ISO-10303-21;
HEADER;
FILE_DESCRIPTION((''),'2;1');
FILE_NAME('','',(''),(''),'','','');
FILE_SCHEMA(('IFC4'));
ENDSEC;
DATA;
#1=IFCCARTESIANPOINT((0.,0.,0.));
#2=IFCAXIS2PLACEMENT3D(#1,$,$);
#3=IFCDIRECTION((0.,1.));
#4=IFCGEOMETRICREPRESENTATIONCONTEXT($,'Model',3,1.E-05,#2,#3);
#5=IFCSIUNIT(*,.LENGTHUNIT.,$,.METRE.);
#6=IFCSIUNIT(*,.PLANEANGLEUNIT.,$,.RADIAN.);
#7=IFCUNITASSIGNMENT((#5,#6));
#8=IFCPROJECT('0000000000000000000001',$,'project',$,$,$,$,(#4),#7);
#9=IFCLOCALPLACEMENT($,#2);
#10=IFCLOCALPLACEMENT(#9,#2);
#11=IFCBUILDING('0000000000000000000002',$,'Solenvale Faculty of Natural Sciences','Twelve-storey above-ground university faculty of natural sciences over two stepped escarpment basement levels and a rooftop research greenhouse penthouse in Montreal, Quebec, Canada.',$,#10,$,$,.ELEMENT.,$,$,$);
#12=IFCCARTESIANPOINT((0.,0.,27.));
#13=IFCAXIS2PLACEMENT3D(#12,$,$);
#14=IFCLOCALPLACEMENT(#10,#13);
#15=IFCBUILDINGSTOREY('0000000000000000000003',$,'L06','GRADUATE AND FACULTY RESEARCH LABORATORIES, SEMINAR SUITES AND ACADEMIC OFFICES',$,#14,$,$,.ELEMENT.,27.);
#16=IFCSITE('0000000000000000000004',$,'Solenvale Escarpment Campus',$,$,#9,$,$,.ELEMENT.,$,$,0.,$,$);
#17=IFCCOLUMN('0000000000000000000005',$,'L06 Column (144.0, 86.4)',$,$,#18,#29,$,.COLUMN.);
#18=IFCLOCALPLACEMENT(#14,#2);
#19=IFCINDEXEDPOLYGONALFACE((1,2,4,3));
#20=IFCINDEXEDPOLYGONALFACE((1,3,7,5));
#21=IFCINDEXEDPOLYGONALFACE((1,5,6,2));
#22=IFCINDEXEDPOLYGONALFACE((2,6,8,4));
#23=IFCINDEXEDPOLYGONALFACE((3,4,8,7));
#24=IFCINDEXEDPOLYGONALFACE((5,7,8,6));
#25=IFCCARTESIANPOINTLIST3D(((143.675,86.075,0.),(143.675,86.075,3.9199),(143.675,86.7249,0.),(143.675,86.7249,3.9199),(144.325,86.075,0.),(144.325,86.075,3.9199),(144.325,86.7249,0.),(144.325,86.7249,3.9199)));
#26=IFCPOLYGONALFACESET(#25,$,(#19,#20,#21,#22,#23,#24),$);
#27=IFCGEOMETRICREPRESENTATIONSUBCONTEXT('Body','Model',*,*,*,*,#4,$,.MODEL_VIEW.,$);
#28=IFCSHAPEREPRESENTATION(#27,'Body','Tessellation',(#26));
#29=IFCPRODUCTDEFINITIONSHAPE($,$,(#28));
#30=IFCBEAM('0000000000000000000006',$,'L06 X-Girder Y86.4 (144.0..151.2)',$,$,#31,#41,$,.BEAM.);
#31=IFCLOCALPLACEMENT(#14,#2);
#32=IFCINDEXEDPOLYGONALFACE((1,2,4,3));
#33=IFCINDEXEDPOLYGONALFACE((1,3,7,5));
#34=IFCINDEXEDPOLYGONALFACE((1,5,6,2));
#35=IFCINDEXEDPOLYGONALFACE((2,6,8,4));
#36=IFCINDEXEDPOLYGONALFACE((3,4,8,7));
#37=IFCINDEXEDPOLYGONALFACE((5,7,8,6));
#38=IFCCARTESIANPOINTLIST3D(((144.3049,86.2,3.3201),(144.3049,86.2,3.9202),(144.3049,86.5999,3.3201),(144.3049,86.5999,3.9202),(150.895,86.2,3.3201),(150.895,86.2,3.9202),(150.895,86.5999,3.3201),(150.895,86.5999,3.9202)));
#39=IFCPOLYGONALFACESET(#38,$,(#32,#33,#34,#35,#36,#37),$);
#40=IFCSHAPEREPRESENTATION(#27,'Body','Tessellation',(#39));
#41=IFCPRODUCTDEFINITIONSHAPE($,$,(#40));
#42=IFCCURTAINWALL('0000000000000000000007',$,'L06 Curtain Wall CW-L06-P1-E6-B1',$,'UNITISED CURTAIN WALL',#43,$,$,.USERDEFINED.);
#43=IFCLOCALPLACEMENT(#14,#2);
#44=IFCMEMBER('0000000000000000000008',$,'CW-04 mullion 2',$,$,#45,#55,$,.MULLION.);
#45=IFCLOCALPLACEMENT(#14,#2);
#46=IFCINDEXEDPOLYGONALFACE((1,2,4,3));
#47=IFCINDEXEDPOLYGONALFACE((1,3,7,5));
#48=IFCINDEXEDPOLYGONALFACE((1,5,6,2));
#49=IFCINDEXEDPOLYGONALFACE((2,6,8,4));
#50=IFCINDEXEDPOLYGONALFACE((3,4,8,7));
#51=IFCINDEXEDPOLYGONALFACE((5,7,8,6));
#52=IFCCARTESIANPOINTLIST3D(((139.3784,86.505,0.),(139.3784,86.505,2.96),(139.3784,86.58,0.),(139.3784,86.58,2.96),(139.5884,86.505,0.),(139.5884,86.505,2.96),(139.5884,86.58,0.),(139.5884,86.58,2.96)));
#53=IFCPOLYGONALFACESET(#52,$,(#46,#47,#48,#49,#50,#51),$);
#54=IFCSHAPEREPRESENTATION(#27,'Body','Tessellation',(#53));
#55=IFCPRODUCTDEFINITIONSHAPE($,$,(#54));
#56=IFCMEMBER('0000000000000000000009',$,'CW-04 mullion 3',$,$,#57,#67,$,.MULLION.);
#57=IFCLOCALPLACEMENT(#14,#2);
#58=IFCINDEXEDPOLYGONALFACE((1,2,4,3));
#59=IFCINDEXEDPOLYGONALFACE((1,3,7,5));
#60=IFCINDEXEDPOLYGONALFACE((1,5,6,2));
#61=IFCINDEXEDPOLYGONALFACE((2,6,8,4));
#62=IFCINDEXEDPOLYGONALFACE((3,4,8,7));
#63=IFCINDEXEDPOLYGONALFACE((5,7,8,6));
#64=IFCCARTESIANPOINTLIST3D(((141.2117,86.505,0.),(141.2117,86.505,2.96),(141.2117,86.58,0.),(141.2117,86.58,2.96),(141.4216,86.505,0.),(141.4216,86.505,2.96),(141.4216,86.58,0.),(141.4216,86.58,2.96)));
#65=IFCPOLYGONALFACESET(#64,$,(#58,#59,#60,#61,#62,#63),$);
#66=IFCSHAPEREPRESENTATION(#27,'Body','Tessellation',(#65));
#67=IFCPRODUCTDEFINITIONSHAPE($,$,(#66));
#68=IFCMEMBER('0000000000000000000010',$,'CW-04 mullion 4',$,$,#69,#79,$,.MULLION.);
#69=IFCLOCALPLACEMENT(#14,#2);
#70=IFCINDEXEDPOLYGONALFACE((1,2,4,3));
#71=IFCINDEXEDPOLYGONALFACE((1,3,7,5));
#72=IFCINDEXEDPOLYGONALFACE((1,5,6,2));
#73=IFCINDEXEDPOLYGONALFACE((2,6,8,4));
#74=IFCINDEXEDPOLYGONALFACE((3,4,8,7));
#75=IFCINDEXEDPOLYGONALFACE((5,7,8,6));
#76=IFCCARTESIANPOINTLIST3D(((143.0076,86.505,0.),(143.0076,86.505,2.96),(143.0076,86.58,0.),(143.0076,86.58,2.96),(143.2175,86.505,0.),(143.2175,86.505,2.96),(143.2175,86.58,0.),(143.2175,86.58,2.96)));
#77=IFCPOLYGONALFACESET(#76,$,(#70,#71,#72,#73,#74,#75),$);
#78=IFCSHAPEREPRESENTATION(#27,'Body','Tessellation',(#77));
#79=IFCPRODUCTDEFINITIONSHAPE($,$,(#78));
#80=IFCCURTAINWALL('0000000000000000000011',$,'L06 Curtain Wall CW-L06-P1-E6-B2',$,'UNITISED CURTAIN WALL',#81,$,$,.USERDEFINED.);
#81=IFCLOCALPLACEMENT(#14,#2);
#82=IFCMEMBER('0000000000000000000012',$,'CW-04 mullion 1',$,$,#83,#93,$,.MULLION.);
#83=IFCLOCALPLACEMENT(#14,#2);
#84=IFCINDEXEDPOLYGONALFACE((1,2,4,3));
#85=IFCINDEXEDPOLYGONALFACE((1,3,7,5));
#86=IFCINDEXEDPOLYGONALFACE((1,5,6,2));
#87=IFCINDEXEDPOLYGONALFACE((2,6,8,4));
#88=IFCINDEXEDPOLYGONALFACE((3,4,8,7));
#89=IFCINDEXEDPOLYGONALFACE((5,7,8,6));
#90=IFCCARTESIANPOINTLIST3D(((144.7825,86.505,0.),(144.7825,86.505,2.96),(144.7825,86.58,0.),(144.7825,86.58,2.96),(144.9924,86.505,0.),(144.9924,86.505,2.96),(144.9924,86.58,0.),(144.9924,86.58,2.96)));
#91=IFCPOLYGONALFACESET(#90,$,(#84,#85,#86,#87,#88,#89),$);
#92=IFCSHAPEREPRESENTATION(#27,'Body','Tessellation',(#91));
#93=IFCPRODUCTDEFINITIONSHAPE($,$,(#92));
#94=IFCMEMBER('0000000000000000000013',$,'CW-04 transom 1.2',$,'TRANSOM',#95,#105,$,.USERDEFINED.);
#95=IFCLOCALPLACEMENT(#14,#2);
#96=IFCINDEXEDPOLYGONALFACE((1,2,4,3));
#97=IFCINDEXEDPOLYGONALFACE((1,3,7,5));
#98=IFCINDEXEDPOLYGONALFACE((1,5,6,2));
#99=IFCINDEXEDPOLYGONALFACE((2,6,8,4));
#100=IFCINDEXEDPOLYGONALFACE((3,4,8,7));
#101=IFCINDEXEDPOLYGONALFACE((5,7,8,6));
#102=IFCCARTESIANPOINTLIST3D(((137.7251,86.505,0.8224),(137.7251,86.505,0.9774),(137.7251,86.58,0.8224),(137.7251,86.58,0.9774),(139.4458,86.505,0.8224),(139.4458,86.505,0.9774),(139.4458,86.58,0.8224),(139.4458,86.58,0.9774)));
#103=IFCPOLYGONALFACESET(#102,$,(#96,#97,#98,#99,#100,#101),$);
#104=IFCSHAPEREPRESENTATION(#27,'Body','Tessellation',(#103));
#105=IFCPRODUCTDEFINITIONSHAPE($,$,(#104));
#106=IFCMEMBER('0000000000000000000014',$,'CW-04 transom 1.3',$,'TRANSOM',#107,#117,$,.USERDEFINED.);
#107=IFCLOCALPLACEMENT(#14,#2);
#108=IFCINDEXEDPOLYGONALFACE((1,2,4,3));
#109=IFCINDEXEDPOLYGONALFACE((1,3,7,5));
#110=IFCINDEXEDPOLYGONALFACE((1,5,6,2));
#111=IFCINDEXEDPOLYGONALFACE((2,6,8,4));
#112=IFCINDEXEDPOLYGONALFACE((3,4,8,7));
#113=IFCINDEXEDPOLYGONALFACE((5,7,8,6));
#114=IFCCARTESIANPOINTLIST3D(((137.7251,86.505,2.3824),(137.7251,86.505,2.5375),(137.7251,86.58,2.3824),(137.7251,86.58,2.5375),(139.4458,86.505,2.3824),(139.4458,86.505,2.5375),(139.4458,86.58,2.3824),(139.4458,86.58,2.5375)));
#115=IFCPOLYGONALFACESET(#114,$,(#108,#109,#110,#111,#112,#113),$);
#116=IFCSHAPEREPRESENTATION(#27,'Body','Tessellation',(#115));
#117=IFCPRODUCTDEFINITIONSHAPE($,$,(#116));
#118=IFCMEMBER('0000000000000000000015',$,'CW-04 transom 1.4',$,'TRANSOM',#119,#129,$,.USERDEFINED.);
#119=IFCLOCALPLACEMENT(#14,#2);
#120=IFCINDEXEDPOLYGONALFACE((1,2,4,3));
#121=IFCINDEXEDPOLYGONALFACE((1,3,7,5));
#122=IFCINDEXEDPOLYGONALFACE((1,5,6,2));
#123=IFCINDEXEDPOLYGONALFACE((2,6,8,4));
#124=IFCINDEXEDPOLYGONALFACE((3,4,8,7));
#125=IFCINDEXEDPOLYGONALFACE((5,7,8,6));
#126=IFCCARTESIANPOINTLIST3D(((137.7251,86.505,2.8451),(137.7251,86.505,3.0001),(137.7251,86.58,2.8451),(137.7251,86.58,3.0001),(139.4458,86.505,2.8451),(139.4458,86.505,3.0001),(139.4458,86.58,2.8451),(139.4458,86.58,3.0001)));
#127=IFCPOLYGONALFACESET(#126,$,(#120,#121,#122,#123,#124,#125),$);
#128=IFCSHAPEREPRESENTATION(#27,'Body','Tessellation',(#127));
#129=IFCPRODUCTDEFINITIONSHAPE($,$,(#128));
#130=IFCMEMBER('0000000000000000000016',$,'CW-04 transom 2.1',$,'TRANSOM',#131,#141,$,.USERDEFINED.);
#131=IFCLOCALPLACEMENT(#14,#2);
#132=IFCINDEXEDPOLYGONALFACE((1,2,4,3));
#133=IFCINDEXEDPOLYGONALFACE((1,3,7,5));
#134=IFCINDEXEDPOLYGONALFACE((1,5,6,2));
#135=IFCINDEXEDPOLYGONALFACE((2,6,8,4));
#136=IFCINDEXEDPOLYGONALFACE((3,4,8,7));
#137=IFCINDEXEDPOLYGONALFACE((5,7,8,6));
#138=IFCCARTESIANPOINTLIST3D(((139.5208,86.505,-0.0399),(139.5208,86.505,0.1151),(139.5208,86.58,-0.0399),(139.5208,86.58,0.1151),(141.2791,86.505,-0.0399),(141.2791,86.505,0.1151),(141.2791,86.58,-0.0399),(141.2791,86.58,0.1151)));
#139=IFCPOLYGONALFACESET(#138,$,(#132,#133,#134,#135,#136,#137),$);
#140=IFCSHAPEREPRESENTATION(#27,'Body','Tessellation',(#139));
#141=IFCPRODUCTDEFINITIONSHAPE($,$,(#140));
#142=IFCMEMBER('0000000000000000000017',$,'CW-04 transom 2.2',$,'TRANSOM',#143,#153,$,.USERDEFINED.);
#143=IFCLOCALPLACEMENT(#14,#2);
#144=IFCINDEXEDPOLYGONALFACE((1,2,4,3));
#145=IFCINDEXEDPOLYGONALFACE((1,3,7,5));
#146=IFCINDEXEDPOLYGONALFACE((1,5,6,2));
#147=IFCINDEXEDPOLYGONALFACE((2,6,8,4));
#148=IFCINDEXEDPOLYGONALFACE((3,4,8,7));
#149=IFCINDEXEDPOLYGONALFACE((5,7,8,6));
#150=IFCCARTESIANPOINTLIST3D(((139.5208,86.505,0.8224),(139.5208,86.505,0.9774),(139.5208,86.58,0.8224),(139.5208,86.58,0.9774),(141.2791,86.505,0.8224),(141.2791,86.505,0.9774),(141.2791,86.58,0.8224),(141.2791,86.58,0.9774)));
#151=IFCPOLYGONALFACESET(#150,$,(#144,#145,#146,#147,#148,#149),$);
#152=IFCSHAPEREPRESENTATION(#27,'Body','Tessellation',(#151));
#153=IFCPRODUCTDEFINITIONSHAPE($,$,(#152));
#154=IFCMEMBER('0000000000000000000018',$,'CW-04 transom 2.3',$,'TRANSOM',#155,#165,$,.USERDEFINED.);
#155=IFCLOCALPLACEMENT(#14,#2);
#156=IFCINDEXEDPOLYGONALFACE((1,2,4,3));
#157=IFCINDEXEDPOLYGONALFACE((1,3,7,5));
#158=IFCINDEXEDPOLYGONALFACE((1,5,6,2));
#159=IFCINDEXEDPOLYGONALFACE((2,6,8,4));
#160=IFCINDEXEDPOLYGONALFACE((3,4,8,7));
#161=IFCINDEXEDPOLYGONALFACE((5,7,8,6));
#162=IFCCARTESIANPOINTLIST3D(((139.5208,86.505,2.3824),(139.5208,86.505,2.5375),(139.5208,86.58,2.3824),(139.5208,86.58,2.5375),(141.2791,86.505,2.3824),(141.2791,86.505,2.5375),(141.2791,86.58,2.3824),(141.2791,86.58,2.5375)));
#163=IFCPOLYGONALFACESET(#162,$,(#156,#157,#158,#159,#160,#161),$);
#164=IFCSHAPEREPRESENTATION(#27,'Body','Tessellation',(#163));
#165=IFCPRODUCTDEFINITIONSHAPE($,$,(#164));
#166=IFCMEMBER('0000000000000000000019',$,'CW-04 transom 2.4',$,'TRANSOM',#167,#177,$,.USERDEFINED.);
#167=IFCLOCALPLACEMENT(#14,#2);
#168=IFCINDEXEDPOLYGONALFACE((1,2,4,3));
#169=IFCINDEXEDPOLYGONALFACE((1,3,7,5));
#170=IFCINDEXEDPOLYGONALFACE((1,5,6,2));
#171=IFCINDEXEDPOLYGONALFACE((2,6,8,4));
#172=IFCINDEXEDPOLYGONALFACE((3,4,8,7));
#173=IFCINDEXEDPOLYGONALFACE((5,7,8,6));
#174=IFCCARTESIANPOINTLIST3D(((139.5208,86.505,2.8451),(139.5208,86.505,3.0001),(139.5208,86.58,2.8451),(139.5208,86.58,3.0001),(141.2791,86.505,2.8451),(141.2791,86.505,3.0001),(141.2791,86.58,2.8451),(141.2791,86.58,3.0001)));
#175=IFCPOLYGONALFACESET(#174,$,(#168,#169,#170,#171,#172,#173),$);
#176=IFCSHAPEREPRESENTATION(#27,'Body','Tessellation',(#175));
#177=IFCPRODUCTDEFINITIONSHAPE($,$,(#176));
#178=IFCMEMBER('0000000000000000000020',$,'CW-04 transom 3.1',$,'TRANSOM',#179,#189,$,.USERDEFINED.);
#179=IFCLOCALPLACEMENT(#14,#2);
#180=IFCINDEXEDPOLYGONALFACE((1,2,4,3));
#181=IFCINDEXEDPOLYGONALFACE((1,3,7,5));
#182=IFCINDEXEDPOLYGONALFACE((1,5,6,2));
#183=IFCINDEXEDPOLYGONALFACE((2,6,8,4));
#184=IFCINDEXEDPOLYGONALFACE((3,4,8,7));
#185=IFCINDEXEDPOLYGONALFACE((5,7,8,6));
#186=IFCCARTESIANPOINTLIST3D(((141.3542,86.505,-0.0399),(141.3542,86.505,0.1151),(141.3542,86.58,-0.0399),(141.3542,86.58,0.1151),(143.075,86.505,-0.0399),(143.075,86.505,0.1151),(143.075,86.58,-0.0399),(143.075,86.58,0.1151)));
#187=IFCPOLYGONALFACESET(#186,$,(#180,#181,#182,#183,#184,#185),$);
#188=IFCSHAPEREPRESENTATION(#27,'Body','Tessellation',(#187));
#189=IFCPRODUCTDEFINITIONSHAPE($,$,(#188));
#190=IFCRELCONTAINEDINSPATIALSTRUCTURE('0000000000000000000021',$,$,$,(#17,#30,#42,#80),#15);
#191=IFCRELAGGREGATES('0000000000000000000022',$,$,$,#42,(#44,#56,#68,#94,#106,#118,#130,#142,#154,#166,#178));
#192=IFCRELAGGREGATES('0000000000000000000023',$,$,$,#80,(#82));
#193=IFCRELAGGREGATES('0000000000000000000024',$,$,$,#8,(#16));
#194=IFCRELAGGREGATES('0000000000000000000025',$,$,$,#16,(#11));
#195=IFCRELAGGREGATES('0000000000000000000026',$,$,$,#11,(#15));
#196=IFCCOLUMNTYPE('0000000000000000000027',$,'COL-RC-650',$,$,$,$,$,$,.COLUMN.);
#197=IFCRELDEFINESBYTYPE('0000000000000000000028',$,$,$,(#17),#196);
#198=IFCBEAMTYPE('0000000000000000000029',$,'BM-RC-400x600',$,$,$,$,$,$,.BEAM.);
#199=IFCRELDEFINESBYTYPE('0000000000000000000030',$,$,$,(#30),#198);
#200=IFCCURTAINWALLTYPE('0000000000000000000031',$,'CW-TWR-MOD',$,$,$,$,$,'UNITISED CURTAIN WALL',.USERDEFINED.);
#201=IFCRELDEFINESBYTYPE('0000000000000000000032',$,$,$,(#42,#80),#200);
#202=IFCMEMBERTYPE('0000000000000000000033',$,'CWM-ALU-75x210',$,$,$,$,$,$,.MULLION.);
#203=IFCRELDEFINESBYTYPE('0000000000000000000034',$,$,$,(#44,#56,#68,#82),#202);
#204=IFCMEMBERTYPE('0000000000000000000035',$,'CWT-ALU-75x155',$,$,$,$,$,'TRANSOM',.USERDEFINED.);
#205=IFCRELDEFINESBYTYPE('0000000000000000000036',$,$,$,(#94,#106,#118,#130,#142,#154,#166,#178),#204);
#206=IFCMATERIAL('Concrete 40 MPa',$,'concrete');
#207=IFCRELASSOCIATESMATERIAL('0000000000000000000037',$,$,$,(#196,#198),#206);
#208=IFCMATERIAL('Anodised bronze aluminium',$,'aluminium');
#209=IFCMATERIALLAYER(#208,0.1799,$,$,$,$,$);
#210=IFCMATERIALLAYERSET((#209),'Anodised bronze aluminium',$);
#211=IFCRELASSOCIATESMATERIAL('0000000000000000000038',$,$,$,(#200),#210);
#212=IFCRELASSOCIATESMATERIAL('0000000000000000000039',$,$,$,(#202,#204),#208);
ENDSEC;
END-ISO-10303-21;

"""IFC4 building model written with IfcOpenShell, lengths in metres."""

from ifc_helpers import new_model, si_unit, direction, frame, origin, origin_2d, place, context, subcontext, project, spatial, rectangle, extrude, material, layer, layer_set, material_profile, profile_set, type_object, element, aggregate, save


model = new_model("IFC4")

# Units and contexts
model_context = context("Model", 3, precision=1e-05, world=origin(), true_north=direction((0.0, 1.0)))
body_context = subcontext(model_context, "Body", "Model", "MODEL_VIEW")
ifc_project = project(units=[si_unit("LENGTHUNIT", "METRE"), si_unit("PLANEANGLEUNIT", "RADIAN")], contexts=[model_context])

# Site, building, storey
site_placement = place(None, origin())
site = spatial("IfcSite", under=ifc_project, at=site_placement, Name="Solenvale Escarpment Campus", CompositionType="ELEMENT", RefElevation=0.0)
building_placement = place(site_placement, origin())
building = spatial("IfcBuilding", under=site, at=building_placement, Name="Solenvale Faculty of Natural Sciences", Description="Twelve-storey above-ground university faculty of natural sciences over two stepped escarpment basement levels and a rooftop research greenhouse penthouse in Montreal, Quebec, Canada.", CompositionType="ELEMENT")
storey_placement = place(building_placement, frame((0.0, 0.0, 27.0)))
storey = spatial("IfcBuildingStorey", under=building, at=storey_placement, Name="L06", Description="GRADUATE AND FACULTY RESEARCH LABORATORIES, SEMINAR SUITES AND ACADEMIC OFFICES", CompositionType="ELEMENT", Elevation=27.0)

# Column
ifc_material_1 = material(Name="Concrete 40 MPa", Category="concrete")
ifc_material_profile_1 = material_profile(ifc_material_1, rectangle(XDim=0.6499, YDim=0.6499, at=origin_2d()), Name="RC-COL-650x650")
ifc_profile_set_1 = profile_set([ifc_material_profile_1], Name="Concrete 40 MPa")
column_type = type_object("IfcColumnType", Name="COL-RC-650", PredefinedType="COLUMN", material=ifc_profile_set_1)
column_placement = place(storey_placement, frame((144.0, 86.3999, 0.0), z_axis=(0.0, 0.0, 1.0), x_axis=(1.0, 0.0, 0.0)))
element("IfcColumn", 1, at=column_placement, inside=storey, type_object=column_type, Name="L06 Column (144.0, 86.4)", PredefinedType="COLUMN", context=body_context, shape_type="SweptSolid", body=[
    extrude(rectangle(XDim=0.6499, YDim=0.6499, at=origin_2d()), origin(), (0.0, 0.0, 1.0), 3.9199),
])

# Beam
ifc_material_profile_2 = material_profile(ifc_material_1, rectangle(XDim=0.3999, YDim=0.6001, at=origin_2d()), Name="RC-BM-400x600")
ifc_profile_set_2 = profile_set([ifc_material_profile_2], Name="Concrete 40 MPa")
beam_type = type_object("IfcBeamType", Name="BM-RC-400x600", PredefinedType="BEAM", material=ifc_profile_set_2)
beam_placement = place(storey_placement, frame((144.3049, 86.3999, 3.6201), z_axis=(1.0, 0.0, 0.0), x_axis=(0.0, 1.0, 0.0)))
element("IfcBeam", 2, at=beam_placement, inside=storey, type_object=beam_type, Name="L06 X-Girder Y86.4 (144.0..151.2)", PredefinedType="BEAM", context=body_context, shape_type="SweptSolid", body=[
    extrude(rectangle(XDim=0.3999, YDim=0.6001, at=origin_2d()), origin(), (0.0, 0.0, 1.0), 6.5901),
])

# Curtain wall, members
ifc_material_2 = material(Name="Anodised bronze aluminium", Category="aluminium")
ifc_layer_1 = layer(ifc_material_2, 0.1799)
ifc_layer_set_1 = layer_set([ifc_layer_1], Name="Anodised bronze aluminium")
curtain_wall_type = type_object("IfcCurtainWallType", Name="CW-TWR-MOD", ElementType="UNITISED CURTAIN WALL", PredefinedType="USERDEFINED", material=ifc_layer_set_1)
curtain_wall_1_placement = place(storey_placement, origin())
curtain_wall_1 = element("IfcCurtainWall", 3, at=curtain_wall_1_placement, inside=storey, type_object=curtain_wall_type, Name="L06 Curtain Wall CW-L06-P1-E6-B1", ObjectType="UNITISED CURTAIN WALL", PredefinedType="USERDEFINED")
ifc_material_profile_3 = material_profile(ifc_material_2, rectangle(XDim=0.075, YDim=0.21, at=origin_2d()), Name="ALU-MUL-75x210")
ifc_profile_set_3 = profile_set([ifc_material_profile_3], Name="Anodised bronze aluminium")
member_type_1 = type_object("IfcMemberType", Name="CWM-ALU-75x210", PredefinedType="MULLION", material=ifc_profile_set_3)
member_1_placement = place(storey_placement, frame((139.4834, 86.5425, 0.0), z_axis=(0.0, 0.0, 1.0), x_axis=(0.0, 1.0, 0.0)))
member_1 = element("IfcMember", 4, at=member_1_placement, type_object=member_type_1, Name="CW-04 mullion 2", PredefinedType="MULLION", context=body_context, shape_type="SweptSolid", body=[
    extrude(rectangle(XDim=0.075, YDim=0.21, at=origin_2d()), origin(), (0.0, 0.0, 1.0), 2.96),
])
member_2_placement = place(storey_placement, frame((141.3167, 86.5425, 0.0), z_axis=(0.0, 0.0, 1.0), x_axis=(0.0, 1.0, 0.0)))
member_2 = element("IfcMember", 5, at=member_2_placement, type_object=member_type_1, Name="CW-04 mullion 3", PredefinedType="MULLION", context=body_context, shape_type="SweptSolid", body=[
    extrude(rectangle(XDim=0.075, YDim=0.21, at=origin_2d()), origin(), (0.0, 0.0, 1.0), 2.96),
])
member_3_placement = place(storey_placement, frame((143.1125, 86.5425, 0.0), z_axis=(0.0, 0.0, 1.0), x_axis=(0.0, 1.0, 0.0)))
member_3 = element("IfcMember", 6, at=member_3_placement, type_object=member_type_1, Name="CW-04 mullion 4", PredefinedType="MULLION", context=body_context, shape_type="SweptSolid", body=[
    extrude(rectangle(XDim=0.075, YDim=0.21, at=origin_2d()), origin(), (0.0, 0.0, 1.0), 2.96),
])

# Curtain wall, member
curtain_wall_2_placement = place(storey_placement, origin())
curtain_wall_2 = element("IfcCurtainWall", 7, at=curtain_wall_2_placement, inside=storey, type_object=curtain_wall_type, Name="L06 Curtain Wall CW-L06-P1-E6-B2", ObjectType="UNITISED CURTAIN WALL", PredefinedType="USERDEFINED")
member_4_placement = place(storey_placement, frame((144.8875, 86.5425, 0.0), z_axis=(0.0, 0.0, 1.0), x_axis=(0.0, 1.0, 0.0)))
member_4 = element("IfcMember", 8, at=member_4_placement, type_object=member_type_1, Name="CW-04 mullion 1", PredefinedType="MULLION", context=body_context, shape_type="SweptSolid", body=[
    extrude(rectangle(XDim=0.075, YDim=0.21, at=origin_2d()), origin(), (0.0, 0.0, 1.0), 2.96),
])

# Members
ifc_material_profile_4 = material_profile(ifc_material_2, rectangle(XDim=0.075, YDim=0.155, at=origin_2d()), Name="ALU-TRN-75x155")
ifc_profile_set_4 = profile_set([ifc_material_profile_4], Name="Anodised bronze aluminium")
member_type_2 = type_object("IfcMemberType", Name="CWT-ALU-75x155", ElementType="TRANSOM", PredefinedType="USERDEFINED", material=ifc_profile_set_4)
member_5_placement = place(storey_placement, frame((137.7251, 86.5425, 0.8999), z_axis=(1.0, 0.0, 0.0), x_axis=(0.0, 1.0, 0.0)))
member_5 = element("IfcMember", 9, at=member_5_placement, type_object=member_type_2, Name="CW-04 transom 1.2", ObjectType="TRANSOM", PredefinedType="USERDEFINED", context=body_context, shape_type="SweptSolid", body=[
    extrude(rectangle(XDim=0.075, YDim=0.155, at=origin_2d()), origin(), (0.0, 0.0, 1.0), 1.7207),
])
member_6_placement = place(storey_placement, frame((137.7251, 86.5425, 2.46), z_axis=(1.0, 0.0, 0.0), x_axis=(0.0, 1.0, 0.0)))
member_6 = element("IfcMember", 10, at=member_6_placement, type_object=member_type_2, Name="CW-04 transom 1.3", ObjectType="TRANSOM", PredefinedType="USERDEFINED", context=body_context, shape_type="SweptSolid", body=[
    extrude(rectangle(XDim=0.075, YDim=0.155, at=origin_2d()), origin(), (0.0, 0.0, 1.0), 1.7207),
])
member_7_placement = place(storey_placement, frame((137.7251, 86.5425, 2.9226), z_axis=(1.0, 0.0, 0.0), x_axis=(0.0, 1.0, 0.0)))
member_7 = element("IfcMember", 11, at=member_7_placement, type_object=member_type_2, Name="CW-04 transom 1.4", ObjectType="TRANSOM", PredefinedType="USERDEFINED", context=body_context, shape_type="SweptSolid", body=[
    extrude(rectangle(XDim=0.075, YDim=0.155, at=origin_2d()), origin(), (0.0, 0.0, 1.0), 1.7207),
])
member_8_placement = place(storey_placement, frame((139.5208, 86.5425, 0.0376), z_axis=(1.0, 0.0, 0.0), x_axis=(0.0, 1.0, 0.0)))
member_8 = element("IfcMember", 12, at=member_8_placement, type_object=member_type_2, Name="CW-04 transom 2.1", ObjectType="TRANSOM", PredefinedType="USERDEFINED", context=body_context, shape_type="SweptSolid", body=[
    extrude(rectangle(XDim=0.075, YDim=0.155, at=origin_2d()), origin(), (0.0, 0.0, 1.0), 1.7583),
])
member_9_placement = place(storey_placement, frame((139.5208, 86.5425, 0.8999), z_axis=(1.0, 0.0, 0.0), x_axis=(0.0, 1.0, 0.0)))
member_9 = element("IfcMember", 13, at=member_9_placement, type_object=member_type_2, Name="CW-04 transom 2.2", ObjectType="TRANSOM", PredefinedType="USERDEFINED", context=body_context, shape_type="SweptSolid", body=[
    extrude(rectangle(XDim=0.075, YDim=0.155, at=origin_2d()), origin(), (0.0, 0.0, 1.0), 1.7583),
])
member_10_placement = place(storey_placement, frame((139.5208, 86.5425, 2.46), z_axis=(1.0, 0.0, 0.0), x_axis=(0.0, 1.0, 0.0)))
member_10 = element("IfcMember", 14, at=member_10_placement, type_object=member_type_2, Name="CW-04 transom 2.3", ObjectType="TRANSOM", PredefinedType="USERDEFINED", context=body_context, shape_type="SweptSolid", body=[
    extrude(rectangle(XDim=0.075, YDim=0.155, at=origin_2d()), origin(), (0.0, 0.0, 1.0), 1.7583),
])
member_11_placement = place(storey_placement, frame((139.5208, 86.5425, 2.9226), z_axis=(1.0, 0.0, 0.0), x_axis=(0.0, 1.0, 0.0)))
member_11 = element("IfcMember", 15, at=member_11_placement, type_object=member_type_2, Name="CW-04 transom 2.4", ObjectType="TRANSOM", PredefinedType="USERDEFINED", context=body_context, shape_type="SweptSolid", body=[
    extrude(rectangle(XDim=0.075, YDim=0.155, at=origin_2d()), origin(), (0.0, 0.0, 1.0), 1.7583),
])
member_12_placement = place(storey_placement, frame((141.3542, 86.5425, 0.0376), z_axis=(1.0, 0.0, 0.0), x_axis=(0.0, 1.0, 0.0)))
member_12 = element("IfcMember", 16, at=member_12_placement, type_object=member_type_2, Name="CW-04 transom 3.1", ObjectType="TRANSOM", PredefinedType="USERDEFINED", context=body_context, shape_type="SweptSolid", body=[
    extrude(rectangle(XDim=0.075, YDim=0.155, at=origin_2d()), origin(), (0.0, 0.0, 1.0), 1.7207),
])

aggregate(curtain_wall_1, [member_1, member_2, member_3, member_5, member_6, member_7, member_8, member_9, member_10, member_11, member_12])
aggregate(curtain_wall_2, [member_4])

save(model, "model.ifc")
